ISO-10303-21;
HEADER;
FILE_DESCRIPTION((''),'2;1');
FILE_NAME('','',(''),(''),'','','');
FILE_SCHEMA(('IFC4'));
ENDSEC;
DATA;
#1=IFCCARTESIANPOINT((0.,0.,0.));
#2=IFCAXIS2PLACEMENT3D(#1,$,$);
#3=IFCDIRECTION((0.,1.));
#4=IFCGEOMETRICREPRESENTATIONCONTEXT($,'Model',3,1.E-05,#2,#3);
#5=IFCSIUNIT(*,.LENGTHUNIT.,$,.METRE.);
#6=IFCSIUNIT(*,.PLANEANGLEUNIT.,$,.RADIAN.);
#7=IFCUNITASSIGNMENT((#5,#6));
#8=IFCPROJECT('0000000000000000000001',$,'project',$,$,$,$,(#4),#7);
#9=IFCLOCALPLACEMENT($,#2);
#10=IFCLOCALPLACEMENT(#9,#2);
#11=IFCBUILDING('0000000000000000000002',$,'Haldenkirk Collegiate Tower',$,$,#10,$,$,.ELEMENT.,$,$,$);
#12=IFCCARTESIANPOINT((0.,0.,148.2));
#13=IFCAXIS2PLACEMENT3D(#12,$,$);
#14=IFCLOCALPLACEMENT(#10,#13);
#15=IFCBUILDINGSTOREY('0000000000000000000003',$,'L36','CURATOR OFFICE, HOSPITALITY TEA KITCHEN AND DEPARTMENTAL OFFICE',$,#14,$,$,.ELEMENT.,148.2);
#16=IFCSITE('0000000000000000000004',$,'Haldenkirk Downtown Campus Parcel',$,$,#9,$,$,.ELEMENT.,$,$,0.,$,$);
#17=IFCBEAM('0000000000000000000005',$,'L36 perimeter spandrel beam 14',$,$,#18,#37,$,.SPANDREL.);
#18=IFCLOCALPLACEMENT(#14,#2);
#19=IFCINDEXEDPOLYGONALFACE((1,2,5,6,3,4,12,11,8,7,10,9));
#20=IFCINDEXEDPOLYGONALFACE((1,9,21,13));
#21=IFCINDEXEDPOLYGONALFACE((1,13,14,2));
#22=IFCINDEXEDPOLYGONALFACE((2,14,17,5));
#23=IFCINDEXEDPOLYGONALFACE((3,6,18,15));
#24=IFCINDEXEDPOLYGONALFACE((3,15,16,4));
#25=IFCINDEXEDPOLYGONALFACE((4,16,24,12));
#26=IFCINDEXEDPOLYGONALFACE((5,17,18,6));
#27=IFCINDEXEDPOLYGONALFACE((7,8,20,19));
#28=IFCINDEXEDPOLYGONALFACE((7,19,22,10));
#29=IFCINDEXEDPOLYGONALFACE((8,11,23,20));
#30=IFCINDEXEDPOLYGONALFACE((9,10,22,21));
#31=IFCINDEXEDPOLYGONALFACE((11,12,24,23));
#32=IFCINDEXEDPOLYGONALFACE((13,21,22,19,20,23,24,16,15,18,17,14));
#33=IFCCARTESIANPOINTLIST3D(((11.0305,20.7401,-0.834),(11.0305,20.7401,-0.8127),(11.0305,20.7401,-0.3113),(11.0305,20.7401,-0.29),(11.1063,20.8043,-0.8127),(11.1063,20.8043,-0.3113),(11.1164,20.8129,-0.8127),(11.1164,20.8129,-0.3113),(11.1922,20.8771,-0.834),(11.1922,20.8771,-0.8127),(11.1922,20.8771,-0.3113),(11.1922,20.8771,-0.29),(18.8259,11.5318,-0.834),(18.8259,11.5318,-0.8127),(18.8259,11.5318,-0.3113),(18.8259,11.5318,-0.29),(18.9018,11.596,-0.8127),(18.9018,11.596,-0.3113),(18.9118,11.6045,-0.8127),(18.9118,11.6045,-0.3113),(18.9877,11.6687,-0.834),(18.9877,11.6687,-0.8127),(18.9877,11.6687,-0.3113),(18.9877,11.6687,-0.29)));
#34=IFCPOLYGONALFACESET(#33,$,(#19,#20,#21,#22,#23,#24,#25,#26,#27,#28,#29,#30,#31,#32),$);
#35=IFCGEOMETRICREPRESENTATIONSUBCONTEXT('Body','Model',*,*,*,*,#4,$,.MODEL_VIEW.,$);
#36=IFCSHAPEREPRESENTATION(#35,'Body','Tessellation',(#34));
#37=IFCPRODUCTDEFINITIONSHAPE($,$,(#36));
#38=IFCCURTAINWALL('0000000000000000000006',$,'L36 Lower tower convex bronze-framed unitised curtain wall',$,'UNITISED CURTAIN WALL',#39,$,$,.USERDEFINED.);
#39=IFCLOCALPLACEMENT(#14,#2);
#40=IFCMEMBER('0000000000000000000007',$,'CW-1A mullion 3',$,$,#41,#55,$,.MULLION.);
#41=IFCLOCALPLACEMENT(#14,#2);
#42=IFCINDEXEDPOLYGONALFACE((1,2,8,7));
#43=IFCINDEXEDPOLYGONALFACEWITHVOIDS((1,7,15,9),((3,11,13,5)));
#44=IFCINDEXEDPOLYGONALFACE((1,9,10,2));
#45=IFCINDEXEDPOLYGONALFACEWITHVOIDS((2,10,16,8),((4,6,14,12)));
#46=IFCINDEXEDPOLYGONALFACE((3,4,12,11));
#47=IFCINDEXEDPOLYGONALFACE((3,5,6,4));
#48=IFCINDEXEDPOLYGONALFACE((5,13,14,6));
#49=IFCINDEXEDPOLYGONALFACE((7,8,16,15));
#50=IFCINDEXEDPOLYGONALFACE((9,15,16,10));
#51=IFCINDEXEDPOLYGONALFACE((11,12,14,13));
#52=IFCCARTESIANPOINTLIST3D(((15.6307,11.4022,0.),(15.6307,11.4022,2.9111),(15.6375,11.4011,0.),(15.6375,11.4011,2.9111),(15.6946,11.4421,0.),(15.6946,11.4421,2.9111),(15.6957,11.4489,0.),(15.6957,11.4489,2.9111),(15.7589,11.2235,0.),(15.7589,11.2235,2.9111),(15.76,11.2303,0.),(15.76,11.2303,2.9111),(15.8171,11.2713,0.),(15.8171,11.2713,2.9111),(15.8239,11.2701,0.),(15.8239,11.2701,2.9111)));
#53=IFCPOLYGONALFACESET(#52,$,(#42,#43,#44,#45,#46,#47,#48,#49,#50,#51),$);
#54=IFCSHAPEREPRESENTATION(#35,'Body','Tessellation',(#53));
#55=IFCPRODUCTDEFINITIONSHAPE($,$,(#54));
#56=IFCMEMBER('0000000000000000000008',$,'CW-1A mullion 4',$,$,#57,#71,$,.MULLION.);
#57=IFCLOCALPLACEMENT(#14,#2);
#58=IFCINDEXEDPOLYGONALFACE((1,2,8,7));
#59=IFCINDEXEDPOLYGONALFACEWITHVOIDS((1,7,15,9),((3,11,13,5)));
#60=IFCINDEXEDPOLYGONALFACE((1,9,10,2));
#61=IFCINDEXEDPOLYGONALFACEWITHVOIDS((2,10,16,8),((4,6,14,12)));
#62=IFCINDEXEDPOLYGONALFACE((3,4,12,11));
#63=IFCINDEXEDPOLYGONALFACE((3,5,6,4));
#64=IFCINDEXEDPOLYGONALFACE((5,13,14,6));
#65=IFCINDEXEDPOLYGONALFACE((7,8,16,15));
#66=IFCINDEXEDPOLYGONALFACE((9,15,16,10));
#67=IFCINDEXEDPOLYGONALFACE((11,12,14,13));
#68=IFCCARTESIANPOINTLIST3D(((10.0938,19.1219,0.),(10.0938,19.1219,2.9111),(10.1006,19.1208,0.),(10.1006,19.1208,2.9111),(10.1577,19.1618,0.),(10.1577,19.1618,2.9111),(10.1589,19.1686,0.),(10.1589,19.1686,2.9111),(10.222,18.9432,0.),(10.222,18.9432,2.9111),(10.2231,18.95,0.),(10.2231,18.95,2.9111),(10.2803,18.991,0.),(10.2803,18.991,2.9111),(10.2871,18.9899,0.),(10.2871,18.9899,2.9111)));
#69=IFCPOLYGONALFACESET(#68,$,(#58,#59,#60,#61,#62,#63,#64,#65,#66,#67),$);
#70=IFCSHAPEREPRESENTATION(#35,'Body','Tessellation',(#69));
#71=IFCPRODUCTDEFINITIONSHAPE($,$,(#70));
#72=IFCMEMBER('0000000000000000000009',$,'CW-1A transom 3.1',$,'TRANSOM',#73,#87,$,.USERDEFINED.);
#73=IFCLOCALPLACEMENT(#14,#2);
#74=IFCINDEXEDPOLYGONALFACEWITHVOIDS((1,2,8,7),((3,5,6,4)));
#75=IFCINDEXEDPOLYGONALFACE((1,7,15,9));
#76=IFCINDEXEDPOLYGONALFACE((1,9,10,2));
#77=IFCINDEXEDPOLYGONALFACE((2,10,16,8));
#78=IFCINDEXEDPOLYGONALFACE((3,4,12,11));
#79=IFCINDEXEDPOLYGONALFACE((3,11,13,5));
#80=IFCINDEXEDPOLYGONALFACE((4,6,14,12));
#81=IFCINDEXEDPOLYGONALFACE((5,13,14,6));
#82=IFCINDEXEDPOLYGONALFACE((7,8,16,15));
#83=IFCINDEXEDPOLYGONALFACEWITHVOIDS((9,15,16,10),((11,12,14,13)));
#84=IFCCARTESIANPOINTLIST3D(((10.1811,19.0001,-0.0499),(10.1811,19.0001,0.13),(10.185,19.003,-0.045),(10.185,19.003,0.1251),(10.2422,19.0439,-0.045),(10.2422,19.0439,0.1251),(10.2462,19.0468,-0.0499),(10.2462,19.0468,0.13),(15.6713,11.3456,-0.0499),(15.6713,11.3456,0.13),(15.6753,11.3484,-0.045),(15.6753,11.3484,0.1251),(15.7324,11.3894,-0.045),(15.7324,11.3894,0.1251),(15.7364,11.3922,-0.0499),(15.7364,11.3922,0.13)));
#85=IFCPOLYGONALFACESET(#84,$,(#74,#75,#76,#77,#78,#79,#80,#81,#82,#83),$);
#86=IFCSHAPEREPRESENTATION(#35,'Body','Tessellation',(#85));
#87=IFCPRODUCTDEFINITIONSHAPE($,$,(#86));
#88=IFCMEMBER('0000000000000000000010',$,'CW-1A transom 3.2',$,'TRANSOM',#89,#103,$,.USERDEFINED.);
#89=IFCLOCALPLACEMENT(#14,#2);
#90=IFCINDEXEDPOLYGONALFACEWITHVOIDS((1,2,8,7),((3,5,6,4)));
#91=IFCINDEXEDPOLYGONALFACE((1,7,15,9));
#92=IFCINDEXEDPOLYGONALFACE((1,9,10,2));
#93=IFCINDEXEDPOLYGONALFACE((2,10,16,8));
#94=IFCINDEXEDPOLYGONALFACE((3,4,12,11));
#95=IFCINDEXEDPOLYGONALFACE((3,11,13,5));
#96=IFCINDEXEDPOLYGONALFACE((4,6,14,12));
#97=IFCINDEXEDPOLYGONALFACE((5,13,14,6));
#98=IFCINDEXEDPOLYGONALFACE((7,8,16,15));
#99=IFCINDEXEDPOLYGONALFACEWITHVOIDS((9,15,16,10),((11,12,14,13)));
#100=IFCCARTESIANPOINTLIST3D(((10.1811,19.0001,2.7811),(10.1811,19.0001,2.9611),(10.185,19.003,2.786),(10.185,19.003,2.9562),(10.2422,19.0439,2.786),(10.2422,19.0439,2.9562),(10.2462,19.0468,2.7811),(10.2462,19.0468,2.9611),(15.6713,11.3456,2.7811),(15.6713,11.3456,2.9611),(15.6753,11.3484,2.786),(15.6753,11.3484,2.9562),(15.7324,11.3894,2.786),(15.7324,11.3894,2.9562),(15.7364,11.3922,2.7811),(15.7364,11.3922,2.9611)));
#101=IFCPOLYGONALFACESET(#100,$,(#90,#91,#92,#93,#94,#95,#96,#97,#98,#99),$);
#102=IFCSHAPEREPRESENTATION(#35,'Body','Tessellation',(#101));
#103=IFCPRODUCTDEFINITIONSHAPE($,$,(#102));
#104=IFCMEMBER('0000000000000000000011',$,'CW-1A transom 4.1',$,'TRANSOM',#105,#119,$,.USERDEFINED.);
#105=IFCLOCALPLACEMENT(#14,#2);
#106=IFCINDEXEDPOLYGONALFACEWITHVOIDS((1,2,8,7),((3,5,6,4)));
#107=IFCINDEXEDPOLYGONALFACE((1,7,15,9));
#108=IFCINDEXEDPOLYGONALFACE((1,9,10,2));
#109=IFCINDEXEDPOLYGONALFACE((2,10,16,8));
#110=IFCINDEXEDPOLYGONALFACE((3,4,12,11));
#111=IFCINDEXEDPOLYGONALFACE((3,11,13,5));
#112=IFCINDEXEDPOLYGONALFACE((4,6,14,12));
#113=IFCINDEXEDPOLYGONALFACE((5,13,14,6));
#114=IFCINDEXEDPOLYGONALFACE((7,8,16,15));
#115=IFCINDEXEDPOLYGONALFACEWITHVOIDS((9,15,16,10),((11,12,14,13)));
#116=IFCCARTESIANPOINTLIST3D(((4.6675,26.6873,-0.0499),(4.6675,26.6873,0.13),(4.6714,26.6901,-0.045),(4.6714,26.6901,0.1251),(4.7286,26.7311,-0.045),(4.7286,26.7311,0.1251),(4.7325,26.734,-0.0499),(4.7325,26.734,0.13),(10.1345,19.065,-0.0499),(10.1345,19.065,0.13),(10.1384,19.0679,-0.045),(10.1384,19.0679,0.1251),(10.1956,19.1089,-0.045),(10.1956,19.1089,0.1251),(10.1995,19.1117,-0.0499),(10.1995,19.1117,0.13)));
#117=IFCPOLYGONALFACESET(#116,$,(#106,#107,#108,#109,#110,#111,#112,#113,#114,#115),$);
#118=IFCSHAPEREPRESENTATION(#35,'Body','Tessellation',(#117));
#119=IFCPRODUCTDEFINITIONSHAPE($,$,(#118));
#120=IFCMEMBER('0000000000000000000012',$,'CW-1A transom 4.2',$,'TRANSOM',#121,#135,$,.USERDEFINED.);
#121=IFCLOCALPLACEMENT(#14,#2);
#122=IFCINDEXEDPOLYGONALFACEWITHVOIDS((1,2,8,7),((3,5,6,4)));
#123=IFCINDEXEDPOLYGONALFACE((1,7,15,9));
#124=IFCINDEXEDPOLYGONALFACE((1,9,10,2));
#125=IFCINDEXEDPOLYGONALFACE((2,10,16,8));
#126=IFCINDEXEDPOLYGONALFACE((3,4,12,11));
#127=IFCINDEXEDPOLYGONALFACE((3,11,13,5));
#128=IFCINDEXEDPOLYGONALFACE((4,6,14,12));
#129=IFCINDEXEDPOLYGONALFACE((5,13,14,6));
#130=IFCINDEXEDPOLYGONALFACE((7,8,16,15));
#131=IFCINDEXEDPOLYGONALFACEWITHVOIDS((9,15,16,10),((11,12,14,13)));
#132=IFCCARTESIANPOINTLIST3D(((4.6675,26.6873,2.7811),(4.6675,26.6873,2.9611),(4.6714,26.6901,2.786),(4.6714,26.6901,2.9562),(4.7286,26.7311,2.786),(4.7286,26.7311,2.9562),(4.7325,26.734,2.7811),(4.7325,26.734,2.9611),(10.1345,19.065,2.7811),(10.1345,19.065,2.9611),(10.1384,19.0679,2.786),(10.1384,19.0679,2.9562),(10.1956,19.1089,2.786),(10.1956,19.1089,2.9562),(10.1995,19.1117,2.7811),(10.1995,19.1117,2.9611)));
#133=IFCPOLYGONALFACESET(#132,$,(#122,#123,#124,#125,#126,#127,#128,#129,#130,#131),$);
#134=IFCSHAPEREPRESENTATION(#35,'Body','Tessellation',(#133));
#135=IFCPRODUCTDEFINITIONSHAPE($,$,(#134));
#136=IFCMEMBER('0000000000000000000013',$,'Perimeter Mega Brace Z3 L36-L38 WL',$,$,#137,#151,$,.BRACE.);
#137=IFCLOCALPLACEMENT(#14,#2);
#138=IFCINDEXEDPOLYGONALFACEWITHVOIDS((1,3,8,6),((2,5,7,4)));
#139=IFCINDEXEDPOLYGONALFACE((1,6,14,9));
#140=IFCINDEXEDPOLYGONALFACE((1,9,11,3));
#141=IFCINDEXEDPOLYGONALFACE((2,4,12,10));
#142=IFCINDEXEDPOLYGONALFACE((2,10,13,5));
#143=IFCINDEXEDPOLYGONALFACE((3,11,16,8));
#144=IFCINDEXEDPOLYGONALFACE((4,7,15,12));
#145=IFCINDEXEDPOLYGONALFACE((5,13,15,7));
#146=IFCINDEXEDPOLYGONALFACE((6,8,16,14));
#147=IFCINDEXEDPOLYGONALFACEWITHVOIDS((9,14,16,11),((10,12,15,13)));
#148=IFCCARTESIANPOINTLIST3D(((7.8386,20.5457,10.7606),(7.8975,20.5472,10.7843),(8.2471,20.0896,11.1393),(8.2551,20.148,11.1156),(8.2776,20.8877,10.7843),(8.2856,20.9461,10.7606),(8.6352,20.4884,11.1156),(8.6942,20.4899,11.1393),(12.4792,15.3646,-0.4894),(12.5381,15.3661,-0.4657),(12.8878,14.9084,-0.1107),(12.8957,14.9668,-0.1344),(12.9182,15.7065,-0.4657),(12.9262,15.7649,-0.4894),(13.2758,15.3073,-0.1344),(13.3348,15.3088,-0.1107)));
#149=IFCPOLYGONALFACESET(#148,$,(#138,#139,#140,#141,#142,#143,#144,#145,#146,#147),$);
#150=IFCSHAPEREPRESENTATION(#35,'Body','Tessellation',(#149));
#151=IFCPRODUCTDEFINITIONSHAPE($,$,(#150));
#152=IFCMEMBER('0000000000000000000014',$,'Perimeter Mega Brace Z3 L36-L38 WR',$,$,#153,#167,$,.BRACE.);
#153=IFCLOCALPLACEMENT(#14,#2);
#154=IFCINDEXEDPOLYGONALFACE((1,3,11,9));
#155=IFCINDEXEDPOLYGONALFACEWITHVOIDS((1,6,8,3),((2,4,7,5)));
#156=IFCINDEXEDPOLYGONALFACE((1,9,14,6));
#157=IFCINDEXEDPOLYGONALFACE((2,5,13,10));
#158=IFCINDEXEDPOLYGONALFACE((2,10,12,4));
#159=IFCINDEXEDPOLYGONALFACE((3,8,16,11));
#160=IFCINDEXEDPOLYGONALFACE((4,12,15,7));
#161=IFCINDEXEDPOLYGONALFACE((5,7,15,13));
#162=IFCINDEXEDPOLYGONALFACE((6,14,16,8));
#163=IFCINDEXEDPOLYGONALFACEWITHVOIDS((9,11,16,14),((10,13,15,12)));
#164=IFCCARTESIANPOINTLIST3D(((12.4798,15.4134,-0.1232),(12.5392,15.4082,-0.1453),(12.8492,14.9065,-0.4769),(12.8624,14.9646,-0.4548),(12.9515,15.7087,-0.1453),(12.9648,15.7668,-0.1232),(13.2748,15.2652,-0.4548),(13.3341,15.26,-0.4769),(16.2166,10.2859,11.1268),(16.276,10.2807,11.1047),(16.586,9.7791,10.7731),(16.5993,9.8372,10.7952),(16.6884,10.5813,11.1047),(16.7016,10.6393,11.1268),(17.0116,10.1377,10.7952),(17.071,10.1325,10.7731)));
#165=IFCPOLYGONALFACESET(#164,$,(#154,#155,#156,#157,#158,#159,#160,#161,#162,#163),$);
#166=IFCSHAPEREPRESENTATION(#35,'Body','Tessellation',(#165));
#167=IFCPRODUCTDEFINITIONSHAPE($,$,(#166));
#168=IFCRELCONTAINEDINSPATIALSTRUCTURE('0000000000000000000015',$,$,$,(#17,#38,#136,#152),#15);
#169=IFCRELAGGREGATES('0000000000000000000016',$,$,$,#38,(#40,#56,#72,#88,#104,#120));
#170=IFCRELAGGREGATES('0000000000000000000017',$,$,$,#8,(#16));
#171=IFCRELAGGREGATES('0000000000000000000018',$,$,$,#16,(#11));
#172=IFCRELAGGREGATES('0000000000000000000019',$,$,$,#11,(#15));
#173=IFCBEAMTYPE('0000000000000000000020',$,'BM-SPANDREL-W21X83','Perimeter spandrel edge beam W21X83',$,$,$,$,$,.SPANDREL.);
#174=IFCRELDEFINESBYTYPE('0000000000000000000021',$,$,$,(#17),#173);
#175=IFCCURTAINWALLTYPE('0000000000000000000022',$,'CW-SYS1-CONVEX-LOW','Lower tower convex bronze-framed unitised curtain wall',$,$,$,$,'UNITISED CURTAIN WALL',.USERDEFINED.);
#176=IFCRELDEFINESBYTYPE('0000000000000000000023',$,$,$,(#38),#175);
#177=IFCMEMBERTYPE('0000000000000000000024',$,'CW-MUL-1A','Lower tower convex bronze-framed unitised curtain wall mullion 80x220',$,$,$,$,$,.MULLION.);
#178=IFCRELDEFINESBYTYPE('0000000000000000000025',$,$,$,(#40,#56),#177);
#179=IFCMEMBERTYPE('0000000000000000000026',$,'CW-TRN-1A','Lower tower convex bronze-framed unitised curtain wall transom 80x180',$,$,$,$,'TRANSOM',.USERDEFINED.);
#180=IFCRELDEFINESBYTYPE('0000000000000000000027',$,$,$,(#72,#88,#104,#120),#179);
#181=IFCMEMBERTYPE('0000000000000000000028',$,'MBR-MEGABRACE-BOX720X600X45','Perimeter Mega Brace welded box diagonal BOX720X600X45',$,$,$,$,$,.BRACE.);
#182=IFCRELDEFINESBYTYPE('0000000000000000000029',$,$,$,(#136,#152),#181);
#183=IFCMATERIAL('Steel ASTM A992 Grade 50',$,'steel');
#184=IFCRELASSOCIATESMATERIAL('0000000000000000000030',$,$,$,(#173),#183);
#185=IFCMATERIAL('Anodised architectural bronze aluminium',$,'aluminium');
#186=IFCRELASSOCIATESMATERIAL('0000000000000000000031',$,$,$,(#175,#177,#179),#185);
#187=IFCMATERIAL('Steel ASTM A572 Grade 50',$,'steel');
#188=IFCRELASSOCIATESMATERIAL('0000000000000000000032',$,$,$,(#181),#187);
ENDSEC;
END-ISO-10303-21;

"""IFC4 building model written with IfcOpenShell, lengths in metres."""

from ifc_helpers import new_model, si_unit, direction, frame, origin, origin_2d, place, context, subcontext, project, spatial, hollow_rectangle, i_section, extrude, material, material_profile, profile_set, type_object, element, aggregate, save


model = new_model("IFC4")

# Units and contexts
model_context = context("Model", 3, precision=1e-05, world=origin(), true_north=direction((0.0, 1.0)))
body_context = subcontext(model_context, "Body", "Model", "MODEL_VIEW")
ifc_project = project(units=[si_unit("LENGTHUNIT", "METRE"), si_unit("PLANEANGLEUNIT", "RADIAN")], contexts=[model_context])

# Site, building, storey
site_placement = place(None, origin())
site = spatial("IfcSite", under=ifc_project, at=site_placement, Name="Haldenkirk Downtown Campus Parcel", CompositionType="ELEMENT", RefElevation=0.0)
building_placement = place(site_placement, origin())
building = spatial("IfcBuilding", under=site, at=building_placement, Name="Haldenkirk Collegiate Tower", CompositionType="ELEMENT")
storey_placement = place(building_placement, frame((0.0, 0.0, 148.2)))
storey = spatial("IfcBuildingStorey", under=building, at=storey_placement, Name="L36", Description="CURATOR OFFICE, HOSPITALITY TEA KITCHEN AND DEPARTMENTAL OFFICE", CompositionType="ELEMENT", Elevation=148.2)

# Beam
ifc_material_1 = material(Name="Steel ASTM A992 Grade 50", Category="steel")
ifc_material_profile_1 = material_profile(ifc_material_1, i_section(OverallWidth=0.2119, OverallDepth=0.5439, WebThickness=0.0132, FlangeThickness=0.0212, at=origin_2d()), Name="W21X83")
ifc_profile_set_1 = profile_set([ifc_material_profile_1], Name="Steel ASTM A992 Grade 50")
beam_type = type_object("IfcBeamType", Name="BM-SPANDREL-W21X83", Description="Perimeter spandrel edge beam W21X83", PredefinedType="SPANDREL", material=ifc_profile_set_1)
beam_placement = place(storey_placement, frame((11.1113, 20.8086, -0.562), z_axis=(0.646126, -0.76323, 0.0), x_axis=(0.76323, 0.646126, 0.0)))
element("IfcBeam", 1, at=beam_placement, inside=storey, type_object=beam_type, Name="L36 perimeter spandrel beam 14", PredefinedType="SPANDREL", context=body_context, shape_type="SweptSolid", body=[
    extrude(i_section(OverallWidth=0.2119, OverallDepth=0.5439, WebThickness=0.0132, FlangeThickness=0.0212, at=origin_2d()), origin(), (0.0, 0.0, 1.0), 12.0649),
])

# Curtain wall, members
ifc_material_2 = material(Name="Anodised architectural bronze aluminium", Category="aluminium")
curtain_wall_type = type_object("IfcCurtainWallType", Name="CW-SYS1-CONVEX-LOW", Description="Lower tower convex bronze-framed unitised curtain wall", ElementType="UNITISED CURTAIN WALL", PredefinedType="USERDEFINED", material=ifc_material_2)
curtain_wall_placement = place(storey_placement, origin())
curtain_wall = element("IfcCurtainWall", 2, at=curtain_wall_placement, inside=storey, type_object=curtain_wall_type, Name="L36 Lower tower convex bronze-framed unitised curtain wall", ObjectType="UNITISED CURTAIN WALL", PredefinedType="USERDEFINED")
ifc_material_profile_2 = material_profile(ifc_material_2, hollow_rectangle(XDim=0.0801, YDim=0.22, WallThickness=0.0049, at=origin_2d()), Name="CW-MUL-1A")
ifc_profile_set_2 = profile_set([ifc_material_profile_2], Name="Anodised architectural bronze aluminium")
member_type_1 = type_object("IfcMemberType", Name="CW-MUL-1A", Description="Lower tower convex bronze-framed unitised curtain wall mullion 80x220", PredefinedType="MULLION", material=ifc_profile_set_2)
member_1_placement = place(storey_placement, frame((15.7273, 11.3362, 0.0), z_axis=(0.0, 0.0, 1.0), x_axis=(-0.812592, -0.582832, 0.0)))
member_1 = element("IfcMember", 3, at=member_1_placement, type_object=member_type_1, Name="CW-1A mullion 3", PredefinedType="MULLION", context=body_context, shape_type="SweptSolid", body=[
    extrude(hollow_rectangle(XDim=0.0801, YDim=0.22, WallThickness=0.0049, at=origin_2d()), origin(), (0.0, 0.0, 1.0), 2.9111),
])
member_2_placement = place(storey_placement, frame((10.1904, 19.0559, 0.0), z_axis=(0.0, 0.0, 1.0), x_axis=(-0.812592, -0.582832, 0.0)))
member_2 = element("IfcMember", 4, at=member_2_placement, type_object=member_type_1, Name="CW-1A mullion 4", PredefinedType="MULLION", context=body_context, shape_type="SweptSolid", body=[
    extrude(hollow_rectangle(XDim=0.0801, YDim=0.22, WallThickness=0.0049, at=origin_2d()), origin(), (0.0, 0.0, 1.0), 2.9111),
])
ifc_material_profile_3 = material_profile(ifc_material_2, hollow_rectangle(XDim=0.0801, YDim=0.1799, WallThickness=0.0049, at=origin_2d()), Name="CW-TRN-1A")
ifc_profile_set_3 = profile_set([ifc_material_profile_3], Name="Anodised architectural bronze aluminium")
member_type_2 = type_object("IfcMemberType", Name="CW-TRN-1A", Description="Lower tower convex bronze-framed unitised curtain wall transom 80x180", ElementType="TRANSOM", PredefinedType="USERDEFINED", material=ifc_profile_set_3)
member_3_placement = place(storey_placement, frame((15.7039, 11.3689, 0.04), z_axis=(-0.582833, 0.812592, 0.0), x_axis=(-0.812592, -0.582833, 0.0)))
member_3 = element("IfcMember", 5, at=member_3_placement, type_object=member_type_2, Name="CW-1A transom 3.1", ObjectType="TRANSOM", PredefinedType="USERDEFINED", context=body_context, shape_type="SweptSolid", body=[
    extrude(hollow_rectangle(XDim=0.0801, YDim=0.1799, WallThickness=0.0049, at=origin_2d()), origin(), (0.0, 0.0, 1.0), 9.4199),
])
member_4_placement = place(storey_placement, frame((15.7039, 11.3689, 2.8711), z_axis=(-0.582833, 0.812592, 0.0), x_axis=(-0.812592, -0.582833, 0.0)))
member_4 = element("IfcMember", 6, at=member_4_placement, type_object=member_type_2, Name="CW-1A transom 3.2", ObjectType="TRANSOM", PredefinedType="USERDEFINED", context=body_context, shape_type="SweptSolid", body=[
    extrude(hollow_rectangle(XDim=0.0801, YDim=0.1799, WallThickness=0.0049, at=origin_2d()), origin(), (0.0, 0.0, 1.0), 9.4199),
])
member_5_placement = place(storey_placement, frame((10.167, 19.0884, 0.04), z_axis=(-0.582828, 0.812596, 0.0), x_axis=(-0.812596, -0.582828, 0.0)))
member_5 = element("IfcMember", 7, at=member_5_placement, type_object=member_type_2, Name="CW-1A transom 4.1", ObjectType="TRANSOM", PredefinedType="USERDEFINED", context=body_context, shape_type="SweptSolid", body=[
    extrude(hollow_rectangle(XDim=0.0801, YDim=0.1799, WallThickness=0.0049, at=origin_2d()), origin(), (0.0, 0.0, 1.0), 9.3801),
])
member_6_placement = place(storey_placement, frame((10.167, 19.0884, 2.8711), z_axis=(-0.582828, 0.812596, 0.0), x_axis=(-0.812596, -0.582828, 0.0)))
member_6 = element("IfcMember", 8, at=member_6_placement, type_object=member_type_2, Name="CW-1A transom 4.2", ObjectType="TRANSOM", PredefinedType="USERDEFINED", context=body_context, shape_type="SweptSolid", body=[
    extrude(hollow_rectangle(XDim=0.0801, YDim=0.1799, WallThickness=0.0049, at=origin_2d()), origin(), (0.0, 0.0, 1.0), 9.3801),
])

# Members
ifc_material_3 = material(Name="Steel ASTM A572 Grade 50", Category="steel")
ifc_material_profile_4 = material_profile(ifc_material_3, hollow_rectangle(XDim=0.6001, YDim=0.72, WallThickness=0.0449, at=origin_2d()), Name="BOX720X600X45")
ifc_profile_set_4 = profile_set([ifc_material_profile_4], Name="Steel ASTM A572 Grade 50")
member_type_3 = type_object("IfcMemberType", Name="MBR-MEGABRACE-BOX720X600X45", Description="Perimeter Mega Brace welded box diagonal BOX720X600X45", PredefinedType="BRACE", material=ifc_profile_set_4)
member_7_placement = place(storey_placement, frame((12.907, 15.3367, -0.3), z_axis=(-0.350856, 0.391723, 0.85056), x_axis=(-0.744894, -0.667183, 0.0)))
element("IfcMember", 9, at=member_7_placement, inside=storey, type_object=member_type_3, Name="Perimeter Mega Brace Z3 L36-L38 WL", PredefinedType="BRACE", context=body_context, shape_type="SweptSolid", body=[
    extrude(hollow_rectangle(XDim=0.6001, YDim=0.72, WallThickness=0.0449, at=origin_2d()), origin(), (0.0, 0.0, 1.0), 13.2266),
])
member_8_placement = place(storey_placement, frame((12.907, 15.3367, -0.3), z_axis=(0.289322, -0.396991, 0.871029), x_axis=(0.808153, 0.588972, 0.0)))
element("IfcMember", 10, at=member_8_placement, inside=storey, type_object=member_type_3, Name="Perimeter Mega Brace Z3 L36-L38 WR", PredefinedType="BRACE", context=body_context, shape_type="SweptSolid", body=[
    extrude(hollow_rectangle(XDim=0.6001, YDim=0.72, WallThickness=0.0449, at=origin_2d()), origin(), (0.0, 0.0, 1.0), 12.9158),
])

aggregate(curtain_wall, [member_1, member_2, member_3, member_4, member_5, member_6])

save(model, "model.ifc")
